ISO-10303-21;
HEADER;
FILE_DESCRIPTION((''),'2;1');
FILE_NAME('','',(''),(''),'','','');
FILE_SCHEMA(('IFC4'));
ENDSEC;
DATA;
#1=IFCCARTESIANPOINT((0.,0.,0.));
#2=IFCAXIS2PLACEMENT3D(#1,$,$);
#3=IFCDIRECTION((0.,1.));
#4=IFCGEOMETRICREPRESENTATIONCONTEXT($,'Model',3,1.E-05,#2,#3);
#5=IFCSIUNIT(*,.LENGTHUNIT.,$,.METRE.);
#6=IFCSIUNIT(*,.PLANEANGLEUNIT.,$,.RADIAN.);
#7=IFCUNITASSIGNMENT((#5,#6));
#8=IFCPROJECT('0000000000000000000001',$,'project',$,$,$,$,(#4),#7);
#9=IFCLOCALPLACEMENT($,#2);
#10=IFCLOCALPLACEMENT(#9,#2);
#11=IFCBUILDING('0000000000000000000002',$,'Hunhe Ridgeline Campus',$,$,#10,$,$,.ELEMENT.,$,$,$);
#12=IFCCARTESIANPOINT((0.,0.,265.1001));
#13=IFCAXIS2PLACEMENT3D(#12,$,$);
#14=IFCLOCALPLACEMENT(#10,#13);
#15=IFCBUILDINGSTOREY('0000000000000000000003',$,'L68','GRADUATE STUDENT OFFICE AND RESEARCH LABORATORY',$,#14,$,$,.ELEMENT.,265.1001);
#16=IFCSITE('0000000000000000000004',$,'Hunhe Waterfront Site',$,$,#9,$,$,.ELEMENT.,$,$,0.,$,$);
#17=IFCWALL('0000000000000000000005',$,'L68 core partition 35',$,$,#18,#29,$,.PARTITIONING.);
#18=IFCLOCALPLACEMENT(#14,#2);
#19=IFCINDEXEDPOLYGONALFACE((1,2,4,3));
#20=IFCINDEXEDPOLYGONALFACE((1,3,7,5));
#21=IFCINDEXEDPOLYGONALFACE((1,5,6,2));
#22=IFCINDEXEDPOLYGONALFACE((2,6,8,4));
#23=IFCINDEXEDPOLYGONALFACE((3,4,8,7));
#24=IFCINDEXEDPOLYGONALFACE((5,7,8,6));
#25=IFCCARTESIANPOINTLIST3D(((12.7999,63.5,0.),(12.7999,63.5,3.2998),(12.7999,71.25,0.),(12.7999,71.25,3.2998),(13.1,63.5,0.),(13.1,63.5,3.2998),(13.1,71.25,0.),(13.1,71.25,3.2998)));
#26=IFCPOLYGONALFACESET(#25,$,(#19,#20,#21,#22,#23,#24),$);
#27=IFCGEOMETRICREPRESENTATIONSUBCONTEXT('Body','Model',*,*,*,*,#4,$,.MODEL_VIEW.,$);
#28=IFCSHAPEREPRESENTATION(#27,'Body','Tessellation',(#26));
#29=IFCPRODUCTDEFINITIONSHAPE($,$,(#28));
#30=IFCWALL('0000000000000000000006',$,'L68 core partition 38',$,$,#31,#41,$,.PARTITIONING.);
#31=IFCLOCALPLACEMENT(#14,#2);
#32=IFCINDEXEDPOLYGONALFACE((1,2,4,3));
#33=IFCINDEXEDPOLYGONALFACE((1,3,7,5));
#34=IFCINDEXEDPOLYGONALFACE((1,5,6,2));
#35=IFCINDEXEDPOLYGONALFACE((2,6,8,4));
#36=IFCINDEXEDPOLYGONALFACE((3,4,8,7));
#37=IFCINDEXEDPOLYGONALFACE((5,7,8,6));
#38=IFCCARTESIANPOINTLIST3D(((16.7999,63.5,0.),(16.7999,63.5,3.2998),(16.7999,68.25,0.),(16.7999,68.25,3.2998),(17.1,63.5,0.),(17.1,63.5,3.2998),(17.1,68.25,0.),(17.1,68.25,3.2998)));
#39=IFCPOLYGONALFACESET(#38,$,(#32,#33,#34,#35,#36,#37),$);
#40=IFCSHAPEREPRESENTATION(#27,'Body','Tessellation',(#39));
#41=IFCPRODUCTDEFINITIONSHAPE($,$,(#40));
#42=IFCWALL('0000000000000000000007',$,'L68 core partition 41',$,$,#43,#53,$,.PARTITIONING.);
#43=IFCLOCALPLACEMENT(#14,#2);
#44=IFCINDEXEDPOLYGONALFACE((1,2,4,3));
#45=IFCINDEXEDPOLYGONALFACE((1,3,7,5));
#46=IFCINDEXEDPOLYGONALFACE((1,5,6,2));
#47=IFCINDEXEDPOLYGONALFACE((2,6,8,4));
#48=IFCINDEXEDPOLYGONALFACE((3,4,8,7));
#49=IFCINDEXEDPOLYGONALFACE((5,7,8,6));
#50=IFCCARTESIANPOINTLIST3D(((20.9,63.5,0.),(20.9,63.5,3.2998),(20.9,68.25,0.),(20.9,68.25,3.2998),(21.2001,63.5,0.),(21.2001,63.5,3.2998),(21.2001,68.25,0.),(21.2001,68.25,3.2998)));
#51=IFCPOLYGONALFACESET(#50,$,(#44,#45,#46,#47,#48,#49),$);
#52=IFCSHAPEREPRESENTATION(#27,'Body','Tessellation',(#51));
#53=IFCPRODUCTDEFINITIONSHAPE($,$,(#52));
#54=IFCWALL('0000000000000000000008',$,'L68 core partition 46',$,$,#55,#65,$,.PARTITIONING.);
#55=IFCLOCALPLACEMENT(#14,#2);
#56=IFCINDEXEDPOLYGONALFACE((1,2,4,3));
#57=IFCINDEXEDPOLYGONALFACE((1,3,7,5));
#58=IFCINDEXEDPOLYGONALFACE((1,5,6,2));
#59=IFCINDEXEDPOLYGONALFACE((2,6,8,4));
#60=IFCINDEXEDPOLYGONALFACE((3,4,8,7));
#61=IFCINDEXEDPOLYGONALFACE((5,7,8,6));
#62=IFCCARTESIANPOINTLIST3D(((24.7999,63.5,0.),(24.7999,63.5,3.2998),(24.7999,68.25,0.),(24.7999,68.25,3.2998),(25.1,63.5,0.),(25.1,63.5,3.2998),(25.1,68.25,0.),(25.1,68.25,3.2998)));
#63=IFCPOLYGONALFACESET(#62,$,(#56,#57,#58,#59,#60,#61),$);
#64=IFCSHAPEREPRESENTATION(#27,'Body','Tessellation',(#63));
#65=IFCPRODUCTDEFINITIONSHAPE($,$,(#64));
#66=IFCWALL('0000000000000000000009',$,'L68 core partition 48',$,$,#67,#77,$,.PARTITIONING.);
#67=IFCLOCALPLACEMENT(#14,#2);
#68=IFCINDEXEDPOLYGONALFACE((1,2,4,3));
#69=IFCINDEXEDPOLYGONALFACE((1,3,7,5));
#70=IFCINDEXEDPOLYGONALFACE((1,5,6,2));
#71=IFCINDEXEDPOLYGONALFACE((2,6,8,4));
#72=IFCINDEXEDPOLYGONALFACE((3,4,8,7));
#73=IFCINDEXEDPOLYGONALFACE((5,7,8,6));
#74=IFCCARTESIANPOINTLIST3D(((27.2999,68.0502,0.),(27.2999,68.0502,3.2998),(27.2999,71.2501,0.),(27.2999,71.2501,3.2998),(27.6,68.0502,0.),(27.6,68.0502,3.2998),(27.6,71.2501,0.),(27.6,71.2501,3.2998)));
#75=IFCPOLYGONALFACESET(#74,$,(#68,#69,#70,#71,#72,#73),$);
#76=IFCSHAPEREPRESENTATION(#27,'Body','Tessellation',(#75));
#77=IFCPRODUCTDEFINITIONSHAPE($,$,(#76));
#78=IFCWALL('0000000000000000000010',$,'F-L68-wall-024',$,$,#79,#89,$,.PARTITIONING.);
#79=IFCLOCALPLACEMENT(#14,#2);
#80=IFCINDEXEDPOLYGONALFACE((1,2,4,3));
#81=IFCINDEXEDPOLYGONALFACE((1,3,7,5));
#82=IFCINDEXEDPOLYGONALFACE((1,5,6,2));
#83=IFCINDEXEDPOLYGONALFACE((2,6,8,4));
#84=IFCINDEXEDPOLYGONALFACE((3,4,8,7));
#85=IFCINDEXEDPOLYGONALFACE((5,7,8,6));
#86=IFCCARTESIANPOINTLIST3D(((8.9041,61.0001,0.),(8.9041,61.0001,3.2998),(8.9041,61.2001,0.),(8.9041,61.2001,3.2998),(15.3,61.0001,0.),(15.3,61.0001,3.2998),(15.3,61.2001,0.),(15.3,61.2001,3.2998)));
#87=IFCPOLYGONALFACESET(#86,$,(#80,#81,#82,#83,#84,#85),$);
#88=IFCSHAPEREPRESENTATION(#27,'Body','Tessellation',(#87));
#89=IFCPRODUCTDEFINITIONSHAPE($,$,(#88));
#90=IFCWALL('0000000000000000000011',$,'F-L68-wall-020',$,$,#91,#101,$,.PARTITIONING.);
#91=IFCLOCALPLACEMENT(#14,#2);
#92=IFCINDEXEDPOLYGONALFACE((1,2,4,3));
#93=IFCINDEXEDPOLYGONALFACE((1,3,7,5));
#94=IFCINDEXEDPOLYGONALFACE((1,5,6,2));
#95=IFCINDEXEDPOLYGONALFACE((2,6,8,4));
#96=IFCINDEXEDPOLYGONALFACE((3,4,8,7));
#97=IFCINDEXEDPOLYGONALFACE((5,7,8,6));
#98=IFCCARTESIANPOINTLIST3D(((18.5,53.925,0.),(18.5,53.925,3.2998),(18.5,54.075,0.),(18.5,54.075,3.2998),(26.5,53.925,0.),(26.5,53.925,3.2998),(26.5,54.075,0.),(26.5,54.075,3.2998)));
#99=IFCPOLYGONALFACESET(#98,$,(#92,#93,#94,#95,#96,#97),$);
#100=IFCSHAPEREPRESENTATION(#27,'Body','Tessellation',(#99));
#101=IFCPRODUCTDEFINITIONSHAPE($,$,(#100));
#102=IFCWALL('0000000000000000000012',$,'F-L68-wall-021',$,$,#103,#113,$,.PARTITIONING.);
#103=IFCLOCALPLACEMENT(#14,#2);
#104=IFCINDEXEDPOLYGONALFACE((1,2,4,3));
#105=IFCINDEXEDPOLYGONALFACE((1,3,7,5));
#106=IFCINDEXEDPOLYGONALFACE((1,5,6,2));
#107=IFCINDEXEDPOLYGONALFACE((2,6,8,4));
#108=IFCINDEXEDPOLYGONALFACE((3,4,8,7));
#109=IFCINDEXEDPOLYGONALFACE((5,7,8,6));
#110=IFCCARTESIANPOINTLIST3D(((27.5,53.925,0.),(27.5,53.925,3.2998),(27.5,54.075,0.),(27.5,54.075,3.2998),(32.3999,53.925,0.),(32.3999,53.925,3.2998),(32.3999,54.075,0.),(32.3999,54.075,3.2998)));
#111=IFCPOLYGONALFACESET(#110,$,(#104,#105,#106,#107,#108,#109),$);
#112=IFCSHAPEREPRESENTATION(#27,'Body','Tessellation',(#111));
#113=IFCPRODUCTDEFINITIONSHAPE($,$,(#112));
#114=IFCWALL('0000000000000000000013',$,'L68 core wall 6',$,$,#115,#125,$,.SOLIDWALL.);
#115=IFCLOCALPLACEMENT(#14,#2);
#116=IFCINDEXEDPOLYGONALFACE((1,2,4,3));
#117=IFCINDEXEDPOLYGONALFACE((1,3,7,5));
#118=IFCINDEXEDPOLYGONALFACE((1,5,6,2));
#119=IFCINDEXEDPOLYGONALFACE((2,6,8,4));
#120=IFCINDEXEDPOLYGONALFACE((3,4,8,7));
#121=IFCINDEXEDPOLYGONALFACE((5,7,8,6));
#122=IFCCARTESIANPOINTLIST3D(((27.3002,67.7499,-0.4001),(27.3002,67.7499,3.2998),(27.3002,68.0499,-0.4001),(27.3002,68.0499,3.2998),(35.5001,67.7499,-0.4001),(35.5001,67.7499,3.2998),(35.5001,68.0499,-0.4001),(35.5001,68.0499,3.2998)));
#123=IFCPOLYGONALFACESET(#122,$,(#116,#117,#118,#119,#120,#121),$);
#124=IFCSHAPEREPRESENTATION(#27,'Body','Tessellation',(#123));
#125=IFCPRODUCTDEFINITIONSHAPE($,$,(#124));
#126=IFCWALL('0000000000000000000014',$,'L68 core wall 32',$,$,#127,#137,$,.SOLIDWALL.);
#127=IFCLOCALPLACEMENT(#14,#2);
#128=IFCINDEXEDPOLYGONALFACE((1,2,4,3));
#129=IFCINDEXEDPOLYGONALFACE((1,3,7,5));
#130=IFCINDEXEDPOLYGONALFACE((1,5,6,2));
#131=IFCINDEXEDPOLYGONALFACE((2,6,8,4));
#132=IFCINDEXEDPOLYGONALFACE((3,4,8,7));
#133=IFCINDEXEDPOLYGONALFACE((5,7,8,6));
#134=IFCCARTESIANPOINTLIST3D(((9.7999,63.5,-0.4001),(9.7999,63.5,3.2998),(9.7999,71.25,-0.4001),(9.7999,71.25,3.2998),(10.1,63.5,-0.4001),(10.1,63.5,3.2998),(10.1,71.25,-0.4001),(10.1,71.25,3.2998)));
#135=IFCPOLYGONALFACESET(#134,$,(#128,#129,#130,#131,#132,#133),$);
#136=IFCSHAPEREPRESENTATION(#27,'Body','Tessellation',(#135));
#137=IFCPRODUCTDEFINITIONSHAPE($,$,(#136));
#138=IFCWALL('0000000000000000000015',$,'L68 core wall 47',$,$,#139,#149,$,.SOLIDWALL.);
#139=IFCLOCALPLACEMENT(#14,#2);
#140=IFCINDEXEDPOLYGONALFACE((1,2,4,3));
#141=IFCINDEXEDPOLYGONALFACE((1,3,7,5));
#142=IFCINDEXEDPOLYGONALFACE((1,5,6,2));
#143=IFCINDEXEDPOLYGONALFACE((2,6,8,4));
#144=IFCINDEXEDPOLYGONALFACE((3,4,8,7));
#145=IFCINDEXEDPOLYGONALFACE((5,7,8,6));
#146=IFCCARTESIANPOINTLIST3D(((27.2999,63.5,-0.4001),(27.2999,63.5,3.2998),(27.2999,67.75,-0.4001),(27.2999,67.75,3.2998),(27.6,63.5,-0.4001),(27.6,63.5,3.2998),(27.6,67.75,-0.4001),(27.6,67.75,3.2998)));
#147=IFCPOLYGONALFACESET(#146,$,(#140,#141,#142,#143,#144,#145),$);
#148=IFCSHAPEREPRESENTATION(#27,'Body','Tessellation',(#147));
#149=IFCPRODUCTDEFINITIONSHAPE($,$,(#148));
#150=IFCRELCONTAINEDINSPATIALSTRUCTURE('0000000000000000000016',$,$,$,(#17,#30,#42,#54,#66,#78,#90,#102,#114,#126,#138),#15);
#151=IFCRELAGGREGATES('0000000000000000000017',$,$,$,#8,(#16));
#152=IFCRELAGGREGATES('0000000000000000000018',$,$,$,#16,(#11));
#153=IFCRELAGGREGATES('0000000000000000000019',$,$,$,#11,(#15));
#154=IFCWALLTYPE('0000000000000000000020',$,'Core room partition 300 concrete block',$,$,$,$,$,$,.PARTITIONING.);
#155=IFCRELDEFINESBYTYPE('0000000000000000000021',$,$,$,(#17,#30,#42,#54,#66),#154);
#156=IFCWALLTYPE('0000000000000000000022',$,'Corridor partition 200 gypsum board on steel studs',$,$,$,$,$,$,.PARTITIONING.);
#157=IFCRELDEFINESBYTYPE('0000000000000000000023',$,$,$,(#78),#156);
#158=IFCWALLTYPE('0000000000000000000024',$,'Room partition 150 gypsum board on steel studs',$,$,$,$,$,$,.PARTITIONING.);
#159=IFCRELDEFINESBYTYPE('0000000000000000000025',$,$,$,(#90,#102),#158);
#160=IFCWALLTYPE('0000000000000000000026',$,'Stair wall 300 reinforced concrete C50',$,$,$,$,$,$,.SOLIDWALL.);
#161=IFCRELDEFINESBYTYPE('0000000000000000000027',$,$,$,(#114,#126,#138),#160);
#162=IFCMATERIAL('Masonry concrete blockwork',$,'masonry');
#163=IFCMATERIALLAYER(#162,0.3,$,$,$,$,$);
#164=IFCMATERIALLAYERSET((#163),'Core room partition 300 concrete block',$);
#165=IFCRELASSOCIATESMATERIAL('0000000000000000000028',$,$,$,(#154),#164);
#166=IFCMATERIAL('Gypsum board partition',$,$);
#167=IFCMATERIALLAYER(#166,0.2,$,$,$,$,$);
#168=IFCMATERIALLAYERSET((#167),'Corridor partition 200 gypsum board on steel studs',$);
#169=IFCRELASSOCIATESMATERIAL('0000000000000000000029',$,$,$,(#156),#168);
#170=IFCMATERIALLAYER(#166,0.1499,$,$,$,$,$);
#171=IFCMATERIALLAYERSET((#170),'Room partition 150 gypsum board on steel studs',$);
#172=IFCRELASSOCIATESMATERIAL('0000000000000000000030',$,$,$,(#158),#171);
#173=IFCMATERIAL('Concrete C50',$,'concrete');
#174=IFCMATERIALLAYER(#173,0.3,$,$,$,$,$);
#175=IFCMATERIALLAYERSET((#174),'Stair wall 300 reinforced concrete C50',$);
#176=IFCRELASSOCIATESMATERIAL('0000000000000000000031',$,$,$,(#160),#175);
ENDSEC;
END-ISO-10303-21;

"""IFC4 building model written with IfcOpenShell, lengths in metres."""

from ifc_helpers import new_model, si_unit, direction, frame, frame_2d, origin, place, context, subcontext, project, spatial, rectangle, extrude, material, layer, layer_set, type_object, element, save


model = new_model("IFC4")

# Units and contexts
model_context = context("Model", 3, precision=1e-05, world=origin(), true_north=direction((0.0, 1.0)))
body_context = subcontext(model_context, "Body", "Model", "MODEL_VIEW")
ifc_project = project(units=[si_unit("LENGTHUNIT", "METRE"), si_unit("PLANEANGLEUNIT", "RADIAN")], contexts=[model_context])

# Site, building, storey
site_placement = place(None, origin())
site = spatial("IfcSite", under=ifc_project, at=site_placement, Name="Hunhe Waterfront Site", CompositionType="ELEMENT", RefElevation=0.0)
building_placement = place(site_placement, origin())
building = spatial("IfcBuilding", under=site, at=building_placement, Name="Hunhe Ridgeline Campus", CompositionType="ELEMENT")
storey_placement = place(building_placement, frame((0.0, 0.0, 265.1001)))
storey = spatial("IfcBuildingStorey", under=building, at=storey_placement, Name="L68", Description="GRADUATE STUDENT OFFICE AND RESEARCH LABORATORY", CompositionType="ELEMENT", Elevation=265.1001)

# Shared definitions
ifc_material_1 = material(Name="Masonry concrete blockwork", Category="masonry")
ifc_layer_1 = layer(ifc_material_1, 0.3)
ifc_layer_set_1 = layer_set([ifc_layer_1], Name="Core room partition 300 concrete block")
wall_type_1 = type_object("IfcWallType", Name="Core room partition 300 concrete block", PredefinedType="PARTITIONING", material=ifc_layer_set_1)

# Walls
wall_1_placement = place(storey_placement, frame((12.95, 63.5, 0.0), z_axis=(0.0, 0.0, 1.0), x_axis=(0.0, 1.0, 0.0)))
element("IfcWall", 1, at=wall_1_placement, inside=storey, type_object=wall_type_1, Name="L68 core partition 35", PredefinedType="PARTITIONING", context=body_context, shape_type="SweptSolid", body=[
    extrude(rectangle(XDim=7.75, YDim=0.3, at=frame_2d((3.875, 0.0))), origin(), (0.0, 0.0, 1.0), 3.2998),
])
for number, where, z_axis, x_axis, name in (
    (2, (16.95, 63.5, 0.0), (0.0, 0.0, 1.0), (0.0, 1.0, 0.0), "L68 core partition 38"),
    (3, (21.05, 63.5, 0.0), (0.0, 0.0, 1.0), (0.0, 1.0, 0.0), "L68 core partition 41"),
    (4, (24.95, 63.5, 0.0), (0.0, 0.0, 1.0), (0.0, 1.0, 0.0), "L68 core partition 46"),
):
    element("IfcWall", number, at=place(storey_placement, frame(where, z_axis=z_axis, x_axis=x_axis)), inside=storey, type_object=wall_type_1, Name=name, PredefinedType="PARTITIONING", context=body_context, shape_type="SweptSolid", body=[
        extrude(rectangle(XDim=4.75, YDim=0.3, at=frame_2d((2.375, 0.0))), origin(), (0.0, 0.0, 1.0), 3.2998),
    ])
wall_2_placement = place(storey_placement, frame((27.45, 68.05, 0.0), z_axis=(0.0, 0.0, 1.0), x_axis=(0.0, 1.0, 0.0)))
element("IfcWall", 5, at=wall_2_placement, inside=storey, type_object=wall_type_1, Name="L68 core partition 48", PredefinedType="PARTITIONING", context=body_context, shape_type="SweptSolid", body=[
    extrude(rectangle(XDim=3.2, YDim=0.3, at=frame_2d((1.6001, 0.0))), origin(), (0.0, 0.0, 1.0), 3.2998),
])
ifc_material_2 = material(Name="Gypsum board partition")
ifc_layer_2 = layer(ifc_material_2, 0.2)
ifc_layer_set_2 = layer_set([ifc_layer_2], Name="Corridor partition 200 gypsum board on steel studs")
wall_type_2 = type_object("IfcWallType", Name="Corridor partition 200 gypsum board on steel studs", PredefinedType="PARTITIONING", material=ifc_layer_set_2)
wall_3_placement = place(storey_placement, frame((15.3, 61.1001, 0.0), z_axis=(0.0, 0.0, 1.0), x_axis=(-1.0, 0.0, 0.0)))
element("IfcWall", 6, at=wall_3_placement, inside=storey, type_object=wall_type_2, Name="F-L68-wall-024", PredefinedType="PARTITIONING", context=body_context, shape_type="SweptSolid", body=[
    extrude(rectangle(XDim=6.396, YDim=0.2, at=frame_2d((3.198, 0.0))), origin(), (0.0, 0.0, 1.0), 3.2998),
])

# Walls
ifc_layer_3 = layer(ifc_material_2, 0.1499)
ifc_layer_set_3 = layer_set([ifc_layer_3], Name="Room partition 150 gypsum board on steel studs")
wall_type_3 = type_object("IfcWallType", Name="Room partition 150 gypsum board on steel studs", PredefinedType="PARTITIONING", material=ifc_layer_set_3)
wall_4_placement = place(storey_placement, frame((18.5, 54.0, 0.0), z_axis=(0.0, 0.0, 1.0), x_axis=(1.0, 0.0, 0.0)))
element("IfcWall", 7, at=wall_4_placement, inside=storey, type_object=wall_type_3, Name="F-L68-wall-020", PredefinedType="PARTITIONING", context=body_context, shape_type="SweptSolid", body=[
    extrude(rectangle(XDim=8.0, YDim=0.1499, at=frame_2d((4.0, 0.0))), origin(), (0.0, 0.0, 1.0), 3.2998),
])
wall_5_placement = place(storey_placement, frame((27.5, 54.0, 0.0), z_axis=(0.0, 0.0, 1.0), x_axis=(1.0, 0.0, 0.0)))
element("IfcWall", 8, at=wall_5_placement, inside=storey, type_object=wall_type_3, Name="F-L68-wall-021", PredefinedType="PARTITIONING", context=body_context, shape_type="SweptSolid", body=[
    extrude(rectangle(XDim=4.8999, YDim=0.1499, at=frame_2d((2.45, 0.0))), origin(), (0.0, 0.0, 1.0), 3.2998),
])
ifc_material_3 = material(Name="Concrete C50", Category="concrete")
ifc_layer_4 = layer(ifc_material_3, 0.3)
ifc_layer_set_4 = layer_set([ifc_layer_4], Name="Stair wall 300 reinforced concrete C50")
wall_type_4 = type_object("IfcWallType", Name="Stair wall 300 reinforced concrete C50", PredefinedType="SOLIDWALL", material=ifc_layer_set_4)
wall_6_placement = place(storey_placement, frame((27.3, 67.8999, -0.4001), z_axis=(0.0, 0.0, 1.0), x_axis=(1.0, 0.0, 0.0)))
element("IfcWall", 9, at=wall_6_placement, inside=storey, type_object=wall_type_4, Name="L68 core wall 6", PredefinedType="SOLIDWALL", context=body_context, shape_type="SweptSolid", body=[
    extrude(rectangle(XDim=8.2, YDim=0.3, at=frame_2d((4.1001, 0.0))), origin(), (0.0, 0.0, 1.0), 3.7),
])
wall_7_placement = place(storey_placement, frame((9.95, 63.5, -0.4001), z_axis=(0.0, 0.0, 1.0), x_axis=(0.0, 1.0, 0.0)))
element("IfcWall", 10, at=wall_7_placement, inside=storey, type_object=wall_type_4, Name="L68 core wall 32", PredefinedType="SOLIDWALL", context=body_context, shape_type="SweptSolid", body=[
    extrude(rectangle(XDim=7.75, YDim=0.3, at=frame_2d((3.875, 0.0))), origin(), (0.0, 0.0, 1.0), 3.7),
])
wall_8_placement = place(storey_placement, frame((27.45, 63.5, -0.4001), z_axis=(0.0, 0.0, 1.0), x_axis=(0.0, 1.0, 0.0)))
element("IfcWall", 11, at=wall_8_placement, inside=storey, type_object=wall_type_4, Name="L68 core wall 47", PredefinedType="SOLIDWALL", context=body_context, shape_type="SweptSolid", body=[
    extrude(rectangle(XDim=4.25, YDim=0.3, at=frame_2d((2.125, 0.0))), origin(), (0.0, 0.0, 1.0), 3.7),
])

save(model, "model.ifc")
